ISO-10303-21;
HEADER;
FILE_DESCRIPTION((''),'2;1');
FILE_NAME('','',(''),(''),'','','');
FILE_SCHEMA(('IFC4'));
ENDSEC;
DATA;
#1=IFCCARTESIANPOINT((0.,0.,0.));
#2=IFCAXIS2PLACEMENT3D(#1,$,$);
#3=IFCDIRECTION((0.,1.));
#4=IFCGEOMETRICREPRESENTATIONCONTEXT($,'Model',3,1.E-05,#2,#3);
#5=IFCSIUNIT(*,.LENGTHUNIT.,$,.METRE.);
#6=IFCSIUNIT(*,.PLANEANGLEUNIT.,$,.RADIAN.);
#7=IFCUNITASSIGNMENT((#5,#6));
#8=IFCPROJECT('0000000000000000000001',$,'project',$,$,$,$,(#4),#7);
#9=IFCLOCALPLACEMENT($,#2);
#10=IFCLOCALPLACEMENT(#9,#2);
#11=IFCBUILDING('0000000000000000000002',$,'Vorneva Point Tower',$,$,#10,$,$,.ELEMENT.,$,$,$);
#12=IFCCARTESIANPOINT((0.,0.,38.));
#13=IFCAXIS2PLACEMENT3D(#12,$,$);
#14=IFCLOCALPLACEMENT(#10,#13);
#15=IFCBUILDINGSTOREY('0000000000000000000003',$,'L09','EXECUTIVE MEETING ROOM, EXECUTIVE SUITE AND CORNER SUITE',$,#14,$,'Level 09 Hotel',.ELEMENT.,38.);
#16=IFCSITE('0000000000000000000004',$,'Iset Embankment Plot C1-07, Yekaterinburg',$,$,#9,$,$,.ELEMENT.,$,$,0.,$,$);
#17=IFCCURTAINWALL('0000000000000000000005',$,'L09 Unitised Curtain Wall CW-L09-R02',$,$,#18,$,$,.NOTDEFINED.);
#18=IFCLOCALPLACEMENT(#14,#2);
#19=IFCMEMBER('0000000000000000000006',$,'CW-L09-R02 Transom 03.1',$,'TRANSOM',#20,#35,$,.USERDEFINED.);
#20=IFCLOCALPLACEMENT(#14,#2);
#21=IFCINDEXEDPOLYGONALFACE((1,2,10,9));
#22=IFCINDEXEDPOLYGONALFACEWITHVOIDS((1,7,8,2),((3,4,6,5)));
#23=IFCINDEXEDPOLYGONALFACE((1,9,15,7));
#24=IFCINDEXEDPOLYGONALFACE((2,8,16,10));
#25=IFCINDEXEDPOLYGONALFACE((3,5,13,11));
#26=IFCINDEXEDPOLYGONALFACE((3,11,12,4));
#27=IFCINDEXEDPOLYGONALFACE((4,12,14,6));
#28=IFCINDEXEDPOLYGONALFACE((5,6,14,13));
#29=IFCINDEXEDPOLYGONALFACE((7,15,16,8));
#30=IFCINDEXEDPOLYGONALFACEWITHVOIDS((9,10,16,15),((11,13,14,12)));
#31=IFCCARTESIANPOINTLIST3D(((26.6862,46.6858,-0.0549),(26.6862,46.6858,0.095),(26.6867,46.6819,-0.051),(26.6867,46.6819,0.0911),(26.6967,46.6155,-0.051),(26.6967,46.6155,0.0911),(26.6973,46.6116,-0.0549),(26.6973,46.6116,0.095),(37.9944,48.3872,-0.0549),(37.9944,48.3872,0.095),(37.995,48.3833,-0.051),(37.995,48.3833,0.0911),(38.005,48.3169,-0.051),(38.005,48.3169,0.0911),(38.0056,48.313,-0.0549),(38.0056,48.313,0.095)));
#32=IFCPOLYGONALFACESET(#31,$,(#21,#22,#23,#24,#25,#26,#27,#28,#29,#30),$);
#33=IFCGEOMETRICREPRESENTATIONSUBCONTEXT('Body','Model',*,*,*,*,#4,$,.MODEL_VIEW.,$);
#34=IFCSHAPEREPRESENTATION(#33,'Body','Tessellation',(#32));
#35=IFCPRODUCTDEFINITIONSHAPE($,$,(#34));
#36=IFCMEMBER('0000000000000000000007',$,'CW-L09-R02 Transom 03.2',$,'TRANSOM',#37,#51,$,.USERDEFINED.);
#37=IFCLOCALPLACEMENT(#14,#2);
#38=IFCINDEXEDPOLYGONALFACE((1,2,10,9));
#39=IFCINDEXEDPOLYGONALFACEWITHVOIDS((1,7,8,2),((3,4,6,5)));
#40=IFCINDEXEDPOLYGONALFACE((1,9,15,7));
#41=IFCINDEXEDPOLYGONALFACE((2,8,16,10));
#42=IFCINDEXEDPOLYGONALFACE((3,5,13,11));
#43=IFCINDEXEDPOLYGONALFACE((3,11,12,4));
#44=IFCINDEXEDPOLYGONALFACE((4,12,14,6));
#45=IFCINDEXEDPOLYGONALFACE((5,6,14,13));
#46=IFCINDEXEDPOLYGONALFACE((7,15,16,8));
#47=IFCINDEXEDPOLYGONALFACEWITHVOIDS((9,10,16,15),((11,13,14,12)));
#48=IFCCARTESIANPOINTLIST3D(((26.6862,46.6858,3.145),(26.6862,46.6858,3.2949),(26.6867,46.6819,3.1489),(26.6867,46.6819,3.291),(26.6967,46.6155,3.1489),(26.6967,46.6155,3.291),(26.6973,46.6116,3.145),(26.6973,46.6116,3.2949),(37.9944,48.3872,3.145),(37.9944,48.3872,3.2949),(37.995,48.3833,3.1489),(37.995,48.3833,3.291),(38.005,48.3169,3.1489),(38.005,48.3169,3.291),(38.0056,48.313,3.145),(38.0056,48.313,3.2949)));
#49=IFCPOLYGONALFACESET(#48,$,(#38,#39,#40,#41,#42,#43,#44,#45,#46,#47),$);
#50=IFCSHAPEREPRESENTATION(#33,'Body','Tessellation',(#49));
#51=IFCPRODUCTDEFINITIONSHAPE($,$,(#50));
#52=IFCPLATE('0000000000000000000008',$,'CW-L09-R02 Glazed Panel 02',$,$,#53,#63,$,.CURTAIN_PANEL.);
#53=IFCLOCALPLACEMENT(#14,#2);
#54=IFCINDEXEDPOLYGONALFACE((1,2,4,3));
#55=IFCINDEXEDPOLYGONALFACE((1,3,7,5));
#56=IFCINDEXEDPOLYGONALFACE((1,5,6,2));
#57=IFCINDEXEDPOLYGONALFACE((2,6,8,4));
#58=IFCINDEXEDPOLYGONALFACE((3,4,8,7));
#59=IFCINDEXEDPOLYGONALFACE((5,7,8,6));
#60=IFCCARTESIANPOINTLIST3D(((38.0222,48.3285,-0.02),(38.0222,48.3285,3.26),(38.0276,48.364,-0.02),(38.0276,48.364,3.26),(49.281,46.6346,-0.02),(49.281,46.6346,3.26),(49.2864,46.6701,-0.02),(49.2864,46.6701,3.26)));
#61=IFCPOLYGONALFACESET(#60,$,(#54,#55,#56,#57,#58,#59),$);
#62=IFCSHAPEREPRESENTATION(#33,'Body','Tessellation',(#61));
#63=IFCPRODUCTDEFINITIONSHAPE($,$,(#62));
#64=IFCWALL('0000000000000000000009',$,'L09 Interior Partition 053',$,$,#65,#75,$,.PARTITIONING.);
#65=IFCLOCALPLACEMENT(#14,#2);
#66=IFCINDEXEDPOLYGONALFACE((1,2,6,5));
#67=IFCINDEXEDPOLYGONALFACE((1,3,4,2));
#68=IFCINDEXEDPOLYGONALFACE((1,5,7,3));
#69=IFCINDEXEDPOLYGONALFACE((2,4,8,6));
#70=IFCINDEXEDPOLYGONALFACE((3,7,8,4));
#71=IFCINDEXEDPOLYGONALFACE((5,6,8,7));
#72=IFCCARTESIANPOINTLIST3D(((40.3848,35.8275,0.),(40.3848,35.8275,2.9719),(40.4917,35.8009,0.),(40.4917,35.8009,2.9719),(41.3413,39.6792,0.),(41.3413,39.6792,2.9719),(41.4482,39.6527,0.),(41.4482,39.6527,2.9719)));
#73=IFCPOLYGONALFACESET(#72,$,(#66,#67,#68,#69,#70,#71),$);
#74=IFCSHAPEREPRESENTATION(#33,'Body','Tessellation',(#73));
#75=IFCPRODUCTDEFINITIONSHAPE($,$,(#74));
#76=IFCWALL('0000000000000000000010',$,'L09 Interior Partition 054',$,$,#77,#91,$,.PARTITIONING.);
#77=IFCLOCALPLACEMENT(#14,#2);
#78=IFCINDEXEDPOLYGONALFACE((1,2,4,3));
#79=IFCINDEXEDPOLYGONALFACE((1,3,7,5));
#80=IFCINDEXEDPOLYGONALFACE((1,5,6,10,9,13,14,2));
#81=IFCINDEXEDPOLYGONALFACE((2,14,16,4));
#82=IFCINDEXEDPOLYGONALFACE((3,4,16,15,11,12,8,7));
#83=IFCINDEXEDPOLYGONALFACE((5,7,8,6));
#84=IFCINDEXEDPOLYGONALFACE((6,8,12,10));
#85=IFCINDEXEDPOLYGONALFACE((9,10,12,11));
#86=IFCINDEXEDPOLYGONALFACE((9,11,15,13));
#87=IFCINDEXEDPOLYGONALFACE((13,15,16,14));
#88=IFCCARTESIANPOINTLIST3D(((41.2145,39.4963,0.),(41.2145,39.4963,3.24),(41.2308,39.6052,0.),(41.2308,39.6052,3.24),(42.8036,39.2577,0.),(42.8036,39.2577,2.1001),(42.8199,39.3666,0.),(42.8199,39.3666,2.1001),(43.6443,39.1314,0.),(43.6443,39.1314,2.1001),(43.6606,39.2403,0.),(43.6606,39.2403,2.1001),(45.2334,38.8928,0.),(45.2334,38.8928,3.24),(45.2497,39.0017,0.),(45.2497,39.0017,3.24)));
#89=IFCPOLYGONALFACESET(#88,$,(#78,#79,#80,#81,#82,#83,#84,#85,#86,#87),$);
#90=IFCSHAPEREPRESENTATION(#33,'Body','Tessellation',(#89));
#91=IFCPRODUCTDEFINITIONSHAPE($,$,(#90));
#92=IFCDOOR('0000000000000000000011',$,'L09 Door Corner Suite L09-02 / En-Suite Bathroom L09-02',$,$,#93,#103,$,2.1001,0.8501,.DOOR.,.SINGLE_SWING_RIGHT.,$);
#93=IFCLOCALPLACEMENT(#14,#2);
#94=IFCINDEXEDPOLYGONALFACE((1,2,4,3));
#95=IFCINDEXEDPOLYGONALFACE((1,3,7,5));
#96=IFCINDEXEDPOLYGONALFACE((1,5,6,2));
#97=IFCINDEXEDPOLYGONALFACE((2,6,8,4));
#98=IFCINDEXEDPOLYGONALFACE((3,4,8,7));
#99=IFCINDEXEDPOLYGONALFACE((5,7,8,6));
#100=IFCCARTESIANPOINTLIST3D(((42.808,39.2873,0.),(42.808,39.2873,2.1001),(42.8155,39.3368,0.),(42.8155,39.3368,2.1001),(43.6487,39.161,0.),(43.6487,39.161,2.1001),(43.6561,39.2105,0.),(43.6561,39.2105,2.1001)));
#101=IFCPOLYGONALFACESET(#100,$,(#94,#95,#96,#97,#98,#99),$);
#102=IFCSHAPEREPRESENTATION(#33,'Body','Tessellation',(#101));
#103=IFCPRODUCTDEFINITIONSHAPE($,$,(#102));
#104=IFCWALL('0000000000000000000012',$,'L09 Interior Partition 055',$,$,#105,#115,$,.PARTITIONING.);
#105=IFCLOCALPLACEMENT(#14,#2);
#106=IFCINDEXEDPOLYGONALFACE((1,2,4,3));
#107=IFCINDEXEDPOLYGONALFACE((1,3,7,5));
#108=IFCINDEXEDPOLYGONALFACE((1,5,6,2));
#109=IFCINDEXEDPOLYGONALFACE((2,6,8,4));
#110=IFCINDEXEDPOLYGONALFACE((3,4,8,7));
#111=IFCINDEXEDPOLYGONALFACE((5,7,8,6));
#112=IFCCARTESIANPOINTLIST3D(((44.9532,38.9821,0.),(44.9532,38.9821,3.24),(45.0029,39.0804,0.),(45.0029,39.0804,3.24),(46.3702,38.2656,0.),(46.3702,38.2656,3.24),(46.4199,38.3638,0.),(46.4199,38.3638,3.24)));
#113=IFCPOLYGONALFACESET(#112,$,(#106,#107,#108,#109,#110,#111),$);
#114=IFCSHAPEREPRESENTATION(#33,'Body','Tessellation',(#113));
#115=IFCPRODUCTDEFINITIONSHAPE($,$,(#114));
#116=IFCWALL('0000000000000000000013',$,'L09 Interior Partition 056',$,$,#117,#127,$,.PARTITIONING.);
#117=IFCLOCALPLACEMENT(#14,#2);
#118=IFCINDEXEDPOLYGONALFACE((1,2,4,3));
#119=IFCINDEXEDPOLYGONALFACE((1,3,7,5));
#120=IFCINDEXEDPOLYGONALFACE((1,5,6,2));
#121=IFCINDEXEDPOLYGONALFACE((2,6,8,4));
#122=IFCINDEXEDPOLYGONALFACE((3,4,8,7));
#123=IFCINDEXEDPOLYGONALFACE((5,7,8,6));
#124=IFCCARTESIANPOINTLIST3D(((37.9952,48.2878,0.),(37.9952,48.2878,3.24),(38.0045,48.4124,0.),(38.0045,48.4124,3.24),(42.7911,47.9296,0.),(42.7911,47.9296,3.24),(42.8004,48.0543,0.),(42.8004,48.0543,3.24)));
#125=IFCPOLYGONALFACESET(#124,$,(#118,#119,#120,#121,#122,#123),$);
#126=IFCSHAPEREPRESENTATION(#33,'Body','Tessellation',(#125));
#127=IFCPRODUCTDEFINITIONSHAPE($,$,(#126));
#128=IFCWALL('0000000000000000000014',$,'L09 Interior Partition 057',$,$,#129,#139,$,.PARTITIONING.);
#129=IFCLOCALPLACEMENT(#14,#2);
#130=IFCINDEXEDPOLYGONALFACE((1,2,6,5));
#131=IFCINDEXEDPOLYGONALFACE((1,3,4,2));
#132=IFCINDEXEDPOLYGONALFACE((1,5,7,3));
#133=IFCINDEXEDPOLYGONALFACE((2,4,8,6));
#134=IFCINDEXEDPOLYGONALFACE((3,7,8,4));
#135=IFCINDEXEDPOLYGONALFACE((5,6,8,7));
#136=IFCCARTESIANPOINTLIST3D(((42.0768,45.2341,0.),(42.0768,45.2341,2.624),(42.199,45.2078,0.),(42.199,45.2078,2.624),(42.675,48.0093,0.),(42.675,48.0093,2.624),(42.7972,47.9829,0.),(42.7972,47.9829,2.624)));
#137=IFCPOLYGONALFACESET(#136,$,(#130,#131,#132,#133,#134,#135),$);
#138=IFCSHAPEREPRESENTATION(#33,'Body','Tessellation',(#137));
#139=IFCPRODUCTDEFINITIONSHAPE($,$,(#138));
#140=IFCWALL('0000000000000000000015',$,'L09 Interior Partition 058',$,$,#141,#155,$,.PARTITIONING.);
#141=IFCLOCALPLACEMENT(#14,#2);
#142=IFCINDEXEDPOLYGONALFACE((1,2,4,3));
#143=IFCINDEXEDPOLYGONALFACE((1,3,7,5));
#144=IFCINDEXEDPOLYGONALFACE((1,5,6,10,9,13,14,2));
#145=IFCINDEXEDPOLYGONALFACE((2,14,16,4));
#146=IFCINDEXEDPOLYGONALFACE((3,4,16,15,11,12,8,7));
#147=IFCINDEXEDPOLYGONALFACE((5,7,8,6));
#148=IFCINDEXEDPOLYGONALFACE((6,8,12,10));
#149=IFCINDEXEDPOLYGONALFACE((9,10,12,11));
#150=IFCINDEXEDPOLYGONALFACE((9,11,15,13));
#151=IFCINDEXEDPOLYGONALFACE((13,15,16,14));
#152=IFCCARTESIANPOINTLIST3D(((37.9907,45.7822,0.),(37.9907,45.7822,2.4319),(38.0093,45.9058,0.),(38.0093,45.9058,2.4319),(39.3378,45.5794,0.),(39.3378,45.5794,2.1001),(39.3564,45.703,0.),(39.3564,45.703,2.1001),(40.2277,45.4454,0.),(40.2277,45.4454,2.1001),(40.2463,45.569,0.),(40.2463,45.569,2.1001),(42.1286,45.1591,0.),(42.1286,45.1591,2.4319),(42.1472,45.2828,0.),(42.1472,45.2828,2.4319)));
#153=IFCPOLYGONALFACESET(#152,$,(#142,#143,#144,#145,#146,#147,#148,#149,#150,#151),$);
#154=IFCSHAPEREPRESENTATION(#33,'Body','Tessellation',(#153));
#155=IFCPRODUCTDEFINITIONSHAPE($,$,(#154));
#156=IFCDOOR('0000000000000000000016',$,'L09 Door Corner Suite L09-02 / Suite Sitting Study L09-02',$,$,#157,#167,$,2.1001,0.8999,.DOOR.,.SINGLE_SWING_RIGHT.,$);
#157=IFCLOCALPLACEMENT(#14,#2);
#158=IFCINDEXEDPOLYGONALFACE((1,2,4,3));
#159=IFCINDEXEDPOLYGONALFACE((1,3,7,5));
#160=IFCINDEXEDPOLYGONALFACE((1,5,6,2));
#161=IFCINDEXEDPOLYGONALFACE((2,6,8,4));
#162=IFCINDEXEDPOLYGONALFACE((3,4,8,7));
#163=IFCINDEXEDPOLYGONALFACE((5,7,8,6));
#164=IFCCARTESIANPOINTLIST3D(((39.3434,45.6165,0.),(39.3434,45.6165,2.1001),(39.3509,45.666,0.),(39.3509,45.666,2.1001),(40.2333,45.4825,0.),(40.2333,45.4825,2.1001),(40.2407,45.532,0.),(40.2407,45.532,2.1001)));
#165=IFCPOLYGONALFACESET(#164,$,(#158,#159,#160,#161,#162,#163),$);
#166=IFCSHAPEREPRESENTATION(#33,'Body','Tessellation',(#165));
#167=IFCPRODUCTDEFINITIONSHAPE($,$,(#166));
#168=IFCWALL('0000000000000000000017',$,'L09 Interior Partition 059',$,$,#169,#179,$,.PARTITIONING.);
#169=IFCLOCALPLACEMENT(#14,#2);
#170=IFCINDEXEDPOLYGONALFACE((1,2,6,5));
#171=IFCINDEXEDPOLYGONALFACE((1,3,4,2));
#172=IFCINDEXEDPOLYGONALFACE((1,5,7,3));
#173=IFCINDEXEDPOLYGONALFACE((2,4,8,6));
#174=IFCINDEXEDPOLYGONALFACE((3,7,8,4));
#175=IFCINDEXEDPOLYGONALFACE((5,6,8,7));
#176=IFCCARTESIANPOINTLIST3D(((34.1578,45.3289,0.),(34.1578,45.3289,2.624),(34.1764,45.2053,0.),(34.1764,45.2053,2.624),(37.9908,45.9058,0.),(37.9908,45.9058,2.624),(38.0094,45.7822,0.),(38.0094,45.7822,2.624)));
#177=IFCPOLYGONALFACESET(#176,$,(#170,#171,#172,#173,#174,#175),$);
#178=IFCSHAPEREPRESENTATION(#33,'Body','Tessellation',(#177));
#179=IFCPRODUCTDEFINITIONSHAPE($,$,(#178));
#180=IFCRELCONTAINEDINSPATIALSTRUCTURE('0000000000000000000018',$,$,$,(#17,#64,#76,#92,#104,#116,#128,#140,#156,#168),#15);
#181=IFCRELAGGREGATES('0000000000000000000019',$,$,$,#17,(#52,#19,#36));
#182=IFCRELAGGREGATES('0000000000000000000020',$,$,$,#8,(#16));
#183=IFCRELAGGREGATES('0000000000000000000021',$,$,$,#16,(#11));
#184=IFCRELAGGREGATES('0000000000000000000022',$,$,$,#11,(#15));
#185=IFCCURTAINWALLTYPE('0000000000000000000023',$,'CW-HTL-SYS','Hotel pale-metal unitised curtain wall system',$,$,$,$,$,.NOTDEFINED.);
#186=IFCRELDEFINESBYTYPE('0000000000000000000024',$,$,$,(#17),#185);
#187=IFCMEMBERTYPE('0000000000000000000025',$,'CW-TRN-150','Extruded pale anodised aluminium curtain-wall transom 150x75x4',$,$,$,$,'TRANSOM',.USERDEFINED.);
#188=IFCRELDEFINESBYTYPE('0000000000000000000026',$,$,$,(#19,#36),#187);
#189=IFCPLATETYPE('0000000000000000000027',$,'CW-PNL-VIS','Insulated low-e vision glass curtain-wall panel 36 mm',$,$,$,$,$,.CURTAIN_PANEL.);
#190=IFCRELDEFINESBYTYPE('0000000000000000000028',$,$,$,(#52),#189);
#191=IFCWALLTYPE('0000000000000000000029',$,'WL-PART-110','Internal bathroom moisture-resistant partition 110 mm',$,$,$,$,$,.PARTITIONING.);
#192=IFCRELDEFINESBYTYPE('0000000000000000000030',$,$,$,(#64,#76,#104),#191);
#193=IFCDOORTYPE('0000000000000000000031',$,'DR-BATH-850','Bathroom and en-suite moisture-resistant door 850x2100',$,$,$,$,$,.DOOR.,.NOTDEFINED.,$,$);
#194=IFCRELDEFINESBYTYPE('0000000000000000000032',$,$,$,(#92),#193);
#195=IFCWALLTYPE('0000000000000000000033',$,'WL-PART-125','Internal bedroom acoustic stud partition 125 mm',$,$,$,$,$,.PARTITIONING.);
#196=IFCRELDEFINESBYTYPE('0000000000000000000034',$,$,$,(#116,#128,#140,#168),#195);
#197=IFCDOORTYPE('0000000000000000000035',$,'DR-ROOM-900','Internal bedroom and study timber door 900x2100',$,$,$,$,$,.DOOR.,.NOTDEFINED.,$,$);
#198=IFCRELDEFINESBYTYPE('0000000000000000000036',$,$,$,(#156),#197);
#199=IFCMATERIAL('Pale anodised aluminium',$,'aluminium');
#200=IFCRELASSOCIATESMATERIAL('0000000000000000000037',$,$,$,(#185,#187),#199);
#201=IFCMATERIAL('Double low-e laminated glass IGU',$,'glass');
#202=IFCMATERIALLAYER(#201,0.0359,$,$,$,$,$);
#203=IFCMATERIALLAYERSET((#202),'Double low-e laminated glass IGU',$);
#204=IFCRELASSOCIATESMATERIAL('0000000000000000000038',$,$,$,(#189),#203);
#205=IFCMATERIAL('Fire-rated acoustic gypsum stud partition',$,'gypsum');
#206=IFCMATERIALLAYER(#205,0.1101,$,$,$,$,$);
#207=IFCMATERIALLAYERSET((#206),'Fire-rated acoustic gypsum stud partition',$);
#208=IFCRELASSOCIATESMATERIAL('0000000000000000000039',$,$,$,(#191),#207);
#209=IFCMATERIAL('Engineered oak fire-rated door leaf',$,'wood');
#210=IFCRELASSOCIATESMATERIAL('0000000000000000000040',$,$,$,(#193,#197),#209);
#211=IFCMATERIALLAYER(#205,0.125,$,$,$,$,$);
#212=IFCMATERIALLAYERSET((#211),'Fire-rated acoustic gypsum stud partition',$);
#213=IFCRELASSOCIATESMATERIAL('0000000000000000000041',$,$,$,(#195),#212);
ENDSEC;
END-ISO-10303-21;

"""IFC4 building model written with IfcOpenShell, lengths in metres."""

from ifc_helpers import new_model, si_unit, direction, frame, frame_2d, origin, origin_2d, place, context, subcontext, project, spatial, rectangle, hollow_rectangle, extrude, material, layer, layer_set, material_profile, profile_set, type_object, element, fill, aggregate, save


model = new_model("IFC4")

# Units and contexts
model_context = context("Model", 3, precision=1e-05, world=origin(), true_north=direction((0.0, 1.0)))
body_context = subcontext(model_context, "Body", "Model", "MODEL_VIEW")
ifc_project = project(units=[si_unit("LENGTHUNIT", "METRE"), si_unit("PLANEANGLEUNIT", "RADIAN")], contexts=[model_context])

# Site, building, storey
site_placement = place(None, origin())
site = spatial("IfcSite", under=ifc_project, at=site_placement, Name="Iset Embankment Plot C1-07, Yekaterinburg", CompositionType="ELEMENT", RefElevation=0.0)
building_placement = place(site_placement, origin())
building = spatial("IfcBuilding", under=site, at=building_placement, Name="Vorneva Point Tower", CompositionType="ELEMENT")
storey_placement = place(building_placement, frame((0.0, 0.0, 38.0)))
storey = spatial("IfcBuildingStorey", under=building, at=storey_placement, Name="L09", Description="EXECUTIVE MEETING ROOM, EXECUTIVE SUITE AND CORNER SUITE", LongName="Level 09 Hotel", CompositionType="ELEMENT", Elevation=38.0)

# Curtain wall, members, plate
ifc_material_1 = material(Name="Pale anodised aluminium", Category="aluminium")
curtain_wall_type = type_object("IfcCurtainWallType", Name="CW-HTL-SYS", Description="Hotel pale-metal unitised curtain wall system", PredefinedType="NOTDEFINED", material=ifc_material_1)
curtain_wall_placement = place(storey_placement, origin())
curtain_wall = element("IfcCurtainWall", 1, at=curtain_wall_placement, inside=storey, type_object=curtain_wall_type, Name="L09 Unitised Curtain Wall CW-L09-R02", PredefinedType="NOTDEFINED")
ifc_material_profile_1 = material_profile(ifc_material_1, hollow_rectangle(XDim=0.075, YDim=0.1499, WallThickness=0.0039, at=origin_2d()), Name="AL-TRN 150x75x4")
ifc_profile_set_1 = profile_set([ifc_material_profile_1], Name="Pale anodised aluminium")
member_type_1 = type_object("IfcMemberType", Name="CW-TRN-150", Description="Extruded pale anodised aluminium curtain-wall transom 150x75x4", ElementType="TRANSOM", PredefinedType="USERDEFINED", material=ifc_profile_set_1)
member_1_placement = place(storey_placement, frame((38.0, 48.3501, 0.02), z_axis=(-0.98887, -0.148782, 0.0), x_axis=(0.148782, -0.98887, 0.0)))
member_1 = element("IfcMember", 2, at=member_1_placement, type_object=member_type_1, Name="CW-L09-R02 Transom 03.1", ObjectType="TRANSOM", PredefinedType="USERDEFINED", context=body_context, shape_type="SweptSolid", body=[
    extrude(hollow_rectangle(XDim=0.075, YDim=0.1499, WallThickness=0.0039, at=origin_2d()), origin(), (0.0, 0.0, 1.0), 11.4355),
])
member_2_placement = place(storey_placement, frame((38.0, 48.3501, 3.22), z_axis=(-0.98887, -0.148782, 0.0), x_axis=(0.148782, -0.98887, 0.0)))
member_2 = element("IfcMember", 3, at=member_2_placement, type_object=member_type_1, Name="CW-L09-R02 Transom 03.2", ObjectType="TRANSOM", PredefinedType="USERDEFINED", context=body_context, shape_type="SweptSolid", body=[
    extrude(hollow_rectangle(XDim=0.075, YDim=0.1499, WallThickness=0.0039, at=origin_2d()), origin(), (0.0, 0.0, 1.0), 11.4355),
])
ifc_material_2 = material(Name="Double low-e laminated glass IGU", Category="glass")
ifc_layer_1 = layer(ifc_material_2, 0.0359)
ifc_layer_set_1 = layer_set([ifc_layer_1], Name="Double low-e laminated glass IGU")
plate_type = type_object("IfcPlateType", Name="CW-PNL-VIS", Description="Insulated low-e vision glass curtain-wall panel 36 mm", PredefinedType="CURTAIN_PANEL", material=ifc_layer_set_1)
plate_placement = place(storey_placement, frame((43.6543, 47.4993, -0.02), z_axis=(0.0, 0.0, 1.0), x_axis=(-0.988871, 0.148776, 0.0)))
plate = element("IfcPlate", 4, at=plate_placement, type_object=plate_type, Name="CW-L09-R02 Glazed Panel 02", PredefinedType="CURTAIN_PANEL", context=body_context, shape_type="SweptSolid", body=[
    extrude(rectangle(XDim=11.3855, YDim=0.0359, at=origin_2d()), origin(), (0.0, 0.0, 1.0), 3.28),
])
aggregate(curtain_wall, [plate, member_1, member_2])

# Wall
ifc_material_3 = material(Name="Fire-rated acoustic gypsum stud partition", Category="gypsum")
ifc_layer_2 = layer(ifc_material_3, 0.1101)
ifc_layer_set_2 = layer_set([ifc_layer_2], Name="Fire-rated acoustic gypsum stud partition")
wall_type_1 = type_object("IfcWallType", Name="WL-PART-110", Description="Internal bathroom moisture-resistant partition 110 mm", PredefinedType="PARTITIONING", material=ifc_layer_set_2)
wall_1_placement = place(storey_placement, frame((40.4382, 35.8142, 0.0), z_axis=(0.0, 0.0, 1.0), x_axis=(0.241016, 0.970521, 0.0)))
element("IfcWall", 5, at=wall_1_placement, inside=storey, type_object=wall_type_1, Name="L09 Interior Partition 053", PredefinedType="PARTITIONING", context=body_context, shape_type="SweptSolid", body=[
    extrude(rectangle(XDim=3.9688, YDim=0.1101, at=frame_2d((1.9844, 0.0))), origin(), (0.0, 0.0, 1.0), 2.9719),
])

# Wall, opening, door
wall_2_placement = place(storey_placement, frame((41.2227, 39.5508, 0.0), z_axis=(0.0, 0.0, 1.0), x_axis=(0.988911, -0.148508, 0.0)))
wall_2 = element("IfcWall", 6, at=wall_2_placement, inside=storey, type_object=wall_type_1, Name="L09 Interior Partition 054", PredefinedType="PARTITIONING", context=body_context, shape_type="SweptSolid", body=[
    extrude(rectangle(XDim=4.064, YDim=0.1101, at=frame_2d((2.032, 0.0))), origin(), (0.0, 0.0, 1.0), 3.24),
])
opening_1_placement = place(wall_2_placement, frame((1.6069, 0.0, 0.0)))
opening_1 = element("IfcOpeningElement", 7, at=opening_1_placement, cuts=wall_2, PredefinedType="OPENING", context=body_context, shape_type="SweptSolid", body=[
    extrude(rectangle(XDim=0.8501, YDim=2.1001, at=frame_2d((0.425, 1.05))), frame((0.0, 0.0698, 0.0), z_axis=(0.0, -1.0, 0.0), x_axis=(1.0, 0.0, 0.0)), (0.0, 0.0, 1.0), 0.1399),
])
ifc_material_4 = material(Name="Engineered oak fire-rated door leaf", Category="wood")
door_type_1 = type_object("IfcDoorType", Name="DR-BATH-850", Description="Bathroom and en-suite moisture-resistant door 850x2100", OperationType="NOTDEFINED", PredefinedType="DOOR", material=ifc_material_4)
door_1_placement = place(opening_1_placement, origin())
door_1 = element("IfcDoor", 8, at=door_1_placement, inside=storey, type_object=door_type_1, Name="L09 Door Corner Suite L09-02 / En-Suite Bathroom L09-02", OperationType="SINGLE_SWING_RIGHT", OverallHeight=2.1001, OverallWidth=0.8501, PredefinedType="DOOR", context=body_context, shape_type="SweptSolid", body=[
    extrude(rectangle(XDim=0.8501, YDim=2.1001, at=frame_2d((0.425, 1.05))), frame((0.0, 0.0249, 0.0), z_axis=(0.0, -1.0, 0.0), x_axis=(1.0, 0.0, 0.0)), (0.0, 0.0, 1.0), 0.05),
])
fill(opening_1, door_1)

# Walls
wall_3_placement = place(storey_placement, frame((44.978, 39.0312, 0.0), z_axis=(0.0, 0.0, 1.0), x_axis=(0.892388, -0.451268, 0.0)))
element("IfcWall", 9, at=wall_3_placement, inside=storey, type_object=wall_type_1, Name="L09 Interior Partition 055", PredefinedType="PARTITIONING", context=body_context, shape_type="SweptSolid", body=[
    extrude(rectangle(XDim=1.5879, YDim=0.1101, at=frame_2d((0.7939, 0.0))), origin(), (0.0, 0.0, 1.0), 3.24),
])
ifc_layer_3 = layer(ifc_material_3, 0.125)
ifc_layer_set_3 = layer_set([ifc_layer_3], Name="Fire-rated acoustic gypsum stud partition")
wall_type_2 = type_object("IfcWallType", Name="WL-PART-125", Description="Internal bedroom acoustic stud partition 125 mm", PredefinedType="PARTITIONING", material=ifc_layer_set_3)
wall_4_placement = place(storey_placement, frame((42.7959, 47.9919, 0.0), z_axis=(0.0, 0.0, 1.0), x_axis=(-0.997223, 0.074472, 0.0)))
element("IfcWall", 10, at=wall_4_placement, inside=storey, type_object=wall_type_2, Name="L09 Interior Partition 056", PredefinedType="PARTITIONING", context=body_context, shape_type="SweptSolid", body=[
    extrude(rectangle(XDim=4.8093, YDim=0.125, at=frame_2d((2.4048, 0.0))), origin(), (0.0, 0.0, 1.0), 3.24),
])
wall_5_placement = place(storey_placement, frame((42.7361, 47.9961, 0.0), z_axis=(0.0, 0.0, 1.0), x_axis=(-0.210698, -0.977551, 0.0)))
element("IfcWall", 11, at=wall_5_placement, inside=storey, type_object=wall_type_2, Name="L09 Interior Partition 057", PredefinedType="PARTITIONING", context=body_context, shape_type="SweptSolid", body=[
    extrude(rectangle(XDim=2.8389, YDim=0.125, at=frame_2d((1.4194, 0.0))), origin(), (0.0, 0.0, 1.0), 2.624),
])

# Wall, opening, door
wall_6_placement = place(storey_placement, frame((42.1379, 45.2209, 0.0), z_axis=(0.0, 0.0, 1.0), x_axis=(-0.988854, 0.148891, 0.0)))
wall_6 = element("IfcWall", 12, at=wall_6_placement, inside=storey, type_object=wall_type_2, Name="L09 Interior Partition 058", PredefinedType="PARTITIONING", context=body_context, shape_type="SweptSolid", body=[
    extrude(rectangle(XDim=4.1846, YDim=0.125, at=frame_2d((2.0923, 0.0))), origin(), (0.0, 0.0, 1.0), 2.4319),
])
opening_2_placement = place(wall_6_placement, frame((1.9224, 0.0, 0.0)))
opening_2 = element("IfcOpeningElement", 13, at=opening_2_placement, cuts=wall_6, PredefinedType="OPENING", context=body_context, shape_type="SweptSolid", body=[
    extrude(rectangle(XDim=0.8999, YDim=2.1001, at=frame_2d((0.45, 1.05))), frame((0.0, 0.0774, 0.0), z_axis=(0.0, -1.0, 0.0), x_axis=(1.0, 0.0, 0.0)), (0.0, 0.0, 1.0), 0.1548),
])
door_type_2 = type_object("IfcDoorType", Name="DR-ROOM-900", Description="Internal bedroom and study timber door 900x2100", OperationType="NOTDEFINED", PredefinedType="DOOR", material=ifc_material_4)
door_2_placement = place(opening_2_placement, origin())
door_2 = element("IfcDoor", 14, at=door_2_placement, inside=storey, type_object=door_type_2, Name="L09 Door Corner Suite L09-02 / Suite Sitting Study L09-02", OperationType="SINGLE_SWING_RIGHT", OverallHeight=2.1001, OverallWidth=0.8999, PredefinedType="DOOR", context=body_context, shape_type="SweptSolid", body=[
    extrude(rectangle(XDim=0.8999, YDim=2.1001, at=frame_2d((0.45, 1.05))), frame((0.0, 0.0249, 0.0), z_axis=(0.0, -1.0, 0.0), x_axis=(1.0, 0.0, 0.0)), (0.0, 0.0, 1.0), 0.05),
])
fill(opening_2, door_2)

# Wall
wall_7_placement = place(storey_placement, frame((38.0, 45.844, 0.0), z_axis=(0.0, 0.0, 1.0), x_axis=(-0.988862, -0.148833, 0.0)))
element("IfcWall", 15, at=wall_7_placement, inside=storey, type_object=wall_type_2, Name="L09 Interior Partition 059", PredefinedType="PARTITIONING", context=body_context, shape_type="SweptSolid", body=[
    extrude(rectangle(XDim=3.8762, YDim=0.125, at=frame_2d((1.938, 0.0))), origin(), (0.0, 0.0, 1.0), 2.624),
])

save(model, "model.ifc")
